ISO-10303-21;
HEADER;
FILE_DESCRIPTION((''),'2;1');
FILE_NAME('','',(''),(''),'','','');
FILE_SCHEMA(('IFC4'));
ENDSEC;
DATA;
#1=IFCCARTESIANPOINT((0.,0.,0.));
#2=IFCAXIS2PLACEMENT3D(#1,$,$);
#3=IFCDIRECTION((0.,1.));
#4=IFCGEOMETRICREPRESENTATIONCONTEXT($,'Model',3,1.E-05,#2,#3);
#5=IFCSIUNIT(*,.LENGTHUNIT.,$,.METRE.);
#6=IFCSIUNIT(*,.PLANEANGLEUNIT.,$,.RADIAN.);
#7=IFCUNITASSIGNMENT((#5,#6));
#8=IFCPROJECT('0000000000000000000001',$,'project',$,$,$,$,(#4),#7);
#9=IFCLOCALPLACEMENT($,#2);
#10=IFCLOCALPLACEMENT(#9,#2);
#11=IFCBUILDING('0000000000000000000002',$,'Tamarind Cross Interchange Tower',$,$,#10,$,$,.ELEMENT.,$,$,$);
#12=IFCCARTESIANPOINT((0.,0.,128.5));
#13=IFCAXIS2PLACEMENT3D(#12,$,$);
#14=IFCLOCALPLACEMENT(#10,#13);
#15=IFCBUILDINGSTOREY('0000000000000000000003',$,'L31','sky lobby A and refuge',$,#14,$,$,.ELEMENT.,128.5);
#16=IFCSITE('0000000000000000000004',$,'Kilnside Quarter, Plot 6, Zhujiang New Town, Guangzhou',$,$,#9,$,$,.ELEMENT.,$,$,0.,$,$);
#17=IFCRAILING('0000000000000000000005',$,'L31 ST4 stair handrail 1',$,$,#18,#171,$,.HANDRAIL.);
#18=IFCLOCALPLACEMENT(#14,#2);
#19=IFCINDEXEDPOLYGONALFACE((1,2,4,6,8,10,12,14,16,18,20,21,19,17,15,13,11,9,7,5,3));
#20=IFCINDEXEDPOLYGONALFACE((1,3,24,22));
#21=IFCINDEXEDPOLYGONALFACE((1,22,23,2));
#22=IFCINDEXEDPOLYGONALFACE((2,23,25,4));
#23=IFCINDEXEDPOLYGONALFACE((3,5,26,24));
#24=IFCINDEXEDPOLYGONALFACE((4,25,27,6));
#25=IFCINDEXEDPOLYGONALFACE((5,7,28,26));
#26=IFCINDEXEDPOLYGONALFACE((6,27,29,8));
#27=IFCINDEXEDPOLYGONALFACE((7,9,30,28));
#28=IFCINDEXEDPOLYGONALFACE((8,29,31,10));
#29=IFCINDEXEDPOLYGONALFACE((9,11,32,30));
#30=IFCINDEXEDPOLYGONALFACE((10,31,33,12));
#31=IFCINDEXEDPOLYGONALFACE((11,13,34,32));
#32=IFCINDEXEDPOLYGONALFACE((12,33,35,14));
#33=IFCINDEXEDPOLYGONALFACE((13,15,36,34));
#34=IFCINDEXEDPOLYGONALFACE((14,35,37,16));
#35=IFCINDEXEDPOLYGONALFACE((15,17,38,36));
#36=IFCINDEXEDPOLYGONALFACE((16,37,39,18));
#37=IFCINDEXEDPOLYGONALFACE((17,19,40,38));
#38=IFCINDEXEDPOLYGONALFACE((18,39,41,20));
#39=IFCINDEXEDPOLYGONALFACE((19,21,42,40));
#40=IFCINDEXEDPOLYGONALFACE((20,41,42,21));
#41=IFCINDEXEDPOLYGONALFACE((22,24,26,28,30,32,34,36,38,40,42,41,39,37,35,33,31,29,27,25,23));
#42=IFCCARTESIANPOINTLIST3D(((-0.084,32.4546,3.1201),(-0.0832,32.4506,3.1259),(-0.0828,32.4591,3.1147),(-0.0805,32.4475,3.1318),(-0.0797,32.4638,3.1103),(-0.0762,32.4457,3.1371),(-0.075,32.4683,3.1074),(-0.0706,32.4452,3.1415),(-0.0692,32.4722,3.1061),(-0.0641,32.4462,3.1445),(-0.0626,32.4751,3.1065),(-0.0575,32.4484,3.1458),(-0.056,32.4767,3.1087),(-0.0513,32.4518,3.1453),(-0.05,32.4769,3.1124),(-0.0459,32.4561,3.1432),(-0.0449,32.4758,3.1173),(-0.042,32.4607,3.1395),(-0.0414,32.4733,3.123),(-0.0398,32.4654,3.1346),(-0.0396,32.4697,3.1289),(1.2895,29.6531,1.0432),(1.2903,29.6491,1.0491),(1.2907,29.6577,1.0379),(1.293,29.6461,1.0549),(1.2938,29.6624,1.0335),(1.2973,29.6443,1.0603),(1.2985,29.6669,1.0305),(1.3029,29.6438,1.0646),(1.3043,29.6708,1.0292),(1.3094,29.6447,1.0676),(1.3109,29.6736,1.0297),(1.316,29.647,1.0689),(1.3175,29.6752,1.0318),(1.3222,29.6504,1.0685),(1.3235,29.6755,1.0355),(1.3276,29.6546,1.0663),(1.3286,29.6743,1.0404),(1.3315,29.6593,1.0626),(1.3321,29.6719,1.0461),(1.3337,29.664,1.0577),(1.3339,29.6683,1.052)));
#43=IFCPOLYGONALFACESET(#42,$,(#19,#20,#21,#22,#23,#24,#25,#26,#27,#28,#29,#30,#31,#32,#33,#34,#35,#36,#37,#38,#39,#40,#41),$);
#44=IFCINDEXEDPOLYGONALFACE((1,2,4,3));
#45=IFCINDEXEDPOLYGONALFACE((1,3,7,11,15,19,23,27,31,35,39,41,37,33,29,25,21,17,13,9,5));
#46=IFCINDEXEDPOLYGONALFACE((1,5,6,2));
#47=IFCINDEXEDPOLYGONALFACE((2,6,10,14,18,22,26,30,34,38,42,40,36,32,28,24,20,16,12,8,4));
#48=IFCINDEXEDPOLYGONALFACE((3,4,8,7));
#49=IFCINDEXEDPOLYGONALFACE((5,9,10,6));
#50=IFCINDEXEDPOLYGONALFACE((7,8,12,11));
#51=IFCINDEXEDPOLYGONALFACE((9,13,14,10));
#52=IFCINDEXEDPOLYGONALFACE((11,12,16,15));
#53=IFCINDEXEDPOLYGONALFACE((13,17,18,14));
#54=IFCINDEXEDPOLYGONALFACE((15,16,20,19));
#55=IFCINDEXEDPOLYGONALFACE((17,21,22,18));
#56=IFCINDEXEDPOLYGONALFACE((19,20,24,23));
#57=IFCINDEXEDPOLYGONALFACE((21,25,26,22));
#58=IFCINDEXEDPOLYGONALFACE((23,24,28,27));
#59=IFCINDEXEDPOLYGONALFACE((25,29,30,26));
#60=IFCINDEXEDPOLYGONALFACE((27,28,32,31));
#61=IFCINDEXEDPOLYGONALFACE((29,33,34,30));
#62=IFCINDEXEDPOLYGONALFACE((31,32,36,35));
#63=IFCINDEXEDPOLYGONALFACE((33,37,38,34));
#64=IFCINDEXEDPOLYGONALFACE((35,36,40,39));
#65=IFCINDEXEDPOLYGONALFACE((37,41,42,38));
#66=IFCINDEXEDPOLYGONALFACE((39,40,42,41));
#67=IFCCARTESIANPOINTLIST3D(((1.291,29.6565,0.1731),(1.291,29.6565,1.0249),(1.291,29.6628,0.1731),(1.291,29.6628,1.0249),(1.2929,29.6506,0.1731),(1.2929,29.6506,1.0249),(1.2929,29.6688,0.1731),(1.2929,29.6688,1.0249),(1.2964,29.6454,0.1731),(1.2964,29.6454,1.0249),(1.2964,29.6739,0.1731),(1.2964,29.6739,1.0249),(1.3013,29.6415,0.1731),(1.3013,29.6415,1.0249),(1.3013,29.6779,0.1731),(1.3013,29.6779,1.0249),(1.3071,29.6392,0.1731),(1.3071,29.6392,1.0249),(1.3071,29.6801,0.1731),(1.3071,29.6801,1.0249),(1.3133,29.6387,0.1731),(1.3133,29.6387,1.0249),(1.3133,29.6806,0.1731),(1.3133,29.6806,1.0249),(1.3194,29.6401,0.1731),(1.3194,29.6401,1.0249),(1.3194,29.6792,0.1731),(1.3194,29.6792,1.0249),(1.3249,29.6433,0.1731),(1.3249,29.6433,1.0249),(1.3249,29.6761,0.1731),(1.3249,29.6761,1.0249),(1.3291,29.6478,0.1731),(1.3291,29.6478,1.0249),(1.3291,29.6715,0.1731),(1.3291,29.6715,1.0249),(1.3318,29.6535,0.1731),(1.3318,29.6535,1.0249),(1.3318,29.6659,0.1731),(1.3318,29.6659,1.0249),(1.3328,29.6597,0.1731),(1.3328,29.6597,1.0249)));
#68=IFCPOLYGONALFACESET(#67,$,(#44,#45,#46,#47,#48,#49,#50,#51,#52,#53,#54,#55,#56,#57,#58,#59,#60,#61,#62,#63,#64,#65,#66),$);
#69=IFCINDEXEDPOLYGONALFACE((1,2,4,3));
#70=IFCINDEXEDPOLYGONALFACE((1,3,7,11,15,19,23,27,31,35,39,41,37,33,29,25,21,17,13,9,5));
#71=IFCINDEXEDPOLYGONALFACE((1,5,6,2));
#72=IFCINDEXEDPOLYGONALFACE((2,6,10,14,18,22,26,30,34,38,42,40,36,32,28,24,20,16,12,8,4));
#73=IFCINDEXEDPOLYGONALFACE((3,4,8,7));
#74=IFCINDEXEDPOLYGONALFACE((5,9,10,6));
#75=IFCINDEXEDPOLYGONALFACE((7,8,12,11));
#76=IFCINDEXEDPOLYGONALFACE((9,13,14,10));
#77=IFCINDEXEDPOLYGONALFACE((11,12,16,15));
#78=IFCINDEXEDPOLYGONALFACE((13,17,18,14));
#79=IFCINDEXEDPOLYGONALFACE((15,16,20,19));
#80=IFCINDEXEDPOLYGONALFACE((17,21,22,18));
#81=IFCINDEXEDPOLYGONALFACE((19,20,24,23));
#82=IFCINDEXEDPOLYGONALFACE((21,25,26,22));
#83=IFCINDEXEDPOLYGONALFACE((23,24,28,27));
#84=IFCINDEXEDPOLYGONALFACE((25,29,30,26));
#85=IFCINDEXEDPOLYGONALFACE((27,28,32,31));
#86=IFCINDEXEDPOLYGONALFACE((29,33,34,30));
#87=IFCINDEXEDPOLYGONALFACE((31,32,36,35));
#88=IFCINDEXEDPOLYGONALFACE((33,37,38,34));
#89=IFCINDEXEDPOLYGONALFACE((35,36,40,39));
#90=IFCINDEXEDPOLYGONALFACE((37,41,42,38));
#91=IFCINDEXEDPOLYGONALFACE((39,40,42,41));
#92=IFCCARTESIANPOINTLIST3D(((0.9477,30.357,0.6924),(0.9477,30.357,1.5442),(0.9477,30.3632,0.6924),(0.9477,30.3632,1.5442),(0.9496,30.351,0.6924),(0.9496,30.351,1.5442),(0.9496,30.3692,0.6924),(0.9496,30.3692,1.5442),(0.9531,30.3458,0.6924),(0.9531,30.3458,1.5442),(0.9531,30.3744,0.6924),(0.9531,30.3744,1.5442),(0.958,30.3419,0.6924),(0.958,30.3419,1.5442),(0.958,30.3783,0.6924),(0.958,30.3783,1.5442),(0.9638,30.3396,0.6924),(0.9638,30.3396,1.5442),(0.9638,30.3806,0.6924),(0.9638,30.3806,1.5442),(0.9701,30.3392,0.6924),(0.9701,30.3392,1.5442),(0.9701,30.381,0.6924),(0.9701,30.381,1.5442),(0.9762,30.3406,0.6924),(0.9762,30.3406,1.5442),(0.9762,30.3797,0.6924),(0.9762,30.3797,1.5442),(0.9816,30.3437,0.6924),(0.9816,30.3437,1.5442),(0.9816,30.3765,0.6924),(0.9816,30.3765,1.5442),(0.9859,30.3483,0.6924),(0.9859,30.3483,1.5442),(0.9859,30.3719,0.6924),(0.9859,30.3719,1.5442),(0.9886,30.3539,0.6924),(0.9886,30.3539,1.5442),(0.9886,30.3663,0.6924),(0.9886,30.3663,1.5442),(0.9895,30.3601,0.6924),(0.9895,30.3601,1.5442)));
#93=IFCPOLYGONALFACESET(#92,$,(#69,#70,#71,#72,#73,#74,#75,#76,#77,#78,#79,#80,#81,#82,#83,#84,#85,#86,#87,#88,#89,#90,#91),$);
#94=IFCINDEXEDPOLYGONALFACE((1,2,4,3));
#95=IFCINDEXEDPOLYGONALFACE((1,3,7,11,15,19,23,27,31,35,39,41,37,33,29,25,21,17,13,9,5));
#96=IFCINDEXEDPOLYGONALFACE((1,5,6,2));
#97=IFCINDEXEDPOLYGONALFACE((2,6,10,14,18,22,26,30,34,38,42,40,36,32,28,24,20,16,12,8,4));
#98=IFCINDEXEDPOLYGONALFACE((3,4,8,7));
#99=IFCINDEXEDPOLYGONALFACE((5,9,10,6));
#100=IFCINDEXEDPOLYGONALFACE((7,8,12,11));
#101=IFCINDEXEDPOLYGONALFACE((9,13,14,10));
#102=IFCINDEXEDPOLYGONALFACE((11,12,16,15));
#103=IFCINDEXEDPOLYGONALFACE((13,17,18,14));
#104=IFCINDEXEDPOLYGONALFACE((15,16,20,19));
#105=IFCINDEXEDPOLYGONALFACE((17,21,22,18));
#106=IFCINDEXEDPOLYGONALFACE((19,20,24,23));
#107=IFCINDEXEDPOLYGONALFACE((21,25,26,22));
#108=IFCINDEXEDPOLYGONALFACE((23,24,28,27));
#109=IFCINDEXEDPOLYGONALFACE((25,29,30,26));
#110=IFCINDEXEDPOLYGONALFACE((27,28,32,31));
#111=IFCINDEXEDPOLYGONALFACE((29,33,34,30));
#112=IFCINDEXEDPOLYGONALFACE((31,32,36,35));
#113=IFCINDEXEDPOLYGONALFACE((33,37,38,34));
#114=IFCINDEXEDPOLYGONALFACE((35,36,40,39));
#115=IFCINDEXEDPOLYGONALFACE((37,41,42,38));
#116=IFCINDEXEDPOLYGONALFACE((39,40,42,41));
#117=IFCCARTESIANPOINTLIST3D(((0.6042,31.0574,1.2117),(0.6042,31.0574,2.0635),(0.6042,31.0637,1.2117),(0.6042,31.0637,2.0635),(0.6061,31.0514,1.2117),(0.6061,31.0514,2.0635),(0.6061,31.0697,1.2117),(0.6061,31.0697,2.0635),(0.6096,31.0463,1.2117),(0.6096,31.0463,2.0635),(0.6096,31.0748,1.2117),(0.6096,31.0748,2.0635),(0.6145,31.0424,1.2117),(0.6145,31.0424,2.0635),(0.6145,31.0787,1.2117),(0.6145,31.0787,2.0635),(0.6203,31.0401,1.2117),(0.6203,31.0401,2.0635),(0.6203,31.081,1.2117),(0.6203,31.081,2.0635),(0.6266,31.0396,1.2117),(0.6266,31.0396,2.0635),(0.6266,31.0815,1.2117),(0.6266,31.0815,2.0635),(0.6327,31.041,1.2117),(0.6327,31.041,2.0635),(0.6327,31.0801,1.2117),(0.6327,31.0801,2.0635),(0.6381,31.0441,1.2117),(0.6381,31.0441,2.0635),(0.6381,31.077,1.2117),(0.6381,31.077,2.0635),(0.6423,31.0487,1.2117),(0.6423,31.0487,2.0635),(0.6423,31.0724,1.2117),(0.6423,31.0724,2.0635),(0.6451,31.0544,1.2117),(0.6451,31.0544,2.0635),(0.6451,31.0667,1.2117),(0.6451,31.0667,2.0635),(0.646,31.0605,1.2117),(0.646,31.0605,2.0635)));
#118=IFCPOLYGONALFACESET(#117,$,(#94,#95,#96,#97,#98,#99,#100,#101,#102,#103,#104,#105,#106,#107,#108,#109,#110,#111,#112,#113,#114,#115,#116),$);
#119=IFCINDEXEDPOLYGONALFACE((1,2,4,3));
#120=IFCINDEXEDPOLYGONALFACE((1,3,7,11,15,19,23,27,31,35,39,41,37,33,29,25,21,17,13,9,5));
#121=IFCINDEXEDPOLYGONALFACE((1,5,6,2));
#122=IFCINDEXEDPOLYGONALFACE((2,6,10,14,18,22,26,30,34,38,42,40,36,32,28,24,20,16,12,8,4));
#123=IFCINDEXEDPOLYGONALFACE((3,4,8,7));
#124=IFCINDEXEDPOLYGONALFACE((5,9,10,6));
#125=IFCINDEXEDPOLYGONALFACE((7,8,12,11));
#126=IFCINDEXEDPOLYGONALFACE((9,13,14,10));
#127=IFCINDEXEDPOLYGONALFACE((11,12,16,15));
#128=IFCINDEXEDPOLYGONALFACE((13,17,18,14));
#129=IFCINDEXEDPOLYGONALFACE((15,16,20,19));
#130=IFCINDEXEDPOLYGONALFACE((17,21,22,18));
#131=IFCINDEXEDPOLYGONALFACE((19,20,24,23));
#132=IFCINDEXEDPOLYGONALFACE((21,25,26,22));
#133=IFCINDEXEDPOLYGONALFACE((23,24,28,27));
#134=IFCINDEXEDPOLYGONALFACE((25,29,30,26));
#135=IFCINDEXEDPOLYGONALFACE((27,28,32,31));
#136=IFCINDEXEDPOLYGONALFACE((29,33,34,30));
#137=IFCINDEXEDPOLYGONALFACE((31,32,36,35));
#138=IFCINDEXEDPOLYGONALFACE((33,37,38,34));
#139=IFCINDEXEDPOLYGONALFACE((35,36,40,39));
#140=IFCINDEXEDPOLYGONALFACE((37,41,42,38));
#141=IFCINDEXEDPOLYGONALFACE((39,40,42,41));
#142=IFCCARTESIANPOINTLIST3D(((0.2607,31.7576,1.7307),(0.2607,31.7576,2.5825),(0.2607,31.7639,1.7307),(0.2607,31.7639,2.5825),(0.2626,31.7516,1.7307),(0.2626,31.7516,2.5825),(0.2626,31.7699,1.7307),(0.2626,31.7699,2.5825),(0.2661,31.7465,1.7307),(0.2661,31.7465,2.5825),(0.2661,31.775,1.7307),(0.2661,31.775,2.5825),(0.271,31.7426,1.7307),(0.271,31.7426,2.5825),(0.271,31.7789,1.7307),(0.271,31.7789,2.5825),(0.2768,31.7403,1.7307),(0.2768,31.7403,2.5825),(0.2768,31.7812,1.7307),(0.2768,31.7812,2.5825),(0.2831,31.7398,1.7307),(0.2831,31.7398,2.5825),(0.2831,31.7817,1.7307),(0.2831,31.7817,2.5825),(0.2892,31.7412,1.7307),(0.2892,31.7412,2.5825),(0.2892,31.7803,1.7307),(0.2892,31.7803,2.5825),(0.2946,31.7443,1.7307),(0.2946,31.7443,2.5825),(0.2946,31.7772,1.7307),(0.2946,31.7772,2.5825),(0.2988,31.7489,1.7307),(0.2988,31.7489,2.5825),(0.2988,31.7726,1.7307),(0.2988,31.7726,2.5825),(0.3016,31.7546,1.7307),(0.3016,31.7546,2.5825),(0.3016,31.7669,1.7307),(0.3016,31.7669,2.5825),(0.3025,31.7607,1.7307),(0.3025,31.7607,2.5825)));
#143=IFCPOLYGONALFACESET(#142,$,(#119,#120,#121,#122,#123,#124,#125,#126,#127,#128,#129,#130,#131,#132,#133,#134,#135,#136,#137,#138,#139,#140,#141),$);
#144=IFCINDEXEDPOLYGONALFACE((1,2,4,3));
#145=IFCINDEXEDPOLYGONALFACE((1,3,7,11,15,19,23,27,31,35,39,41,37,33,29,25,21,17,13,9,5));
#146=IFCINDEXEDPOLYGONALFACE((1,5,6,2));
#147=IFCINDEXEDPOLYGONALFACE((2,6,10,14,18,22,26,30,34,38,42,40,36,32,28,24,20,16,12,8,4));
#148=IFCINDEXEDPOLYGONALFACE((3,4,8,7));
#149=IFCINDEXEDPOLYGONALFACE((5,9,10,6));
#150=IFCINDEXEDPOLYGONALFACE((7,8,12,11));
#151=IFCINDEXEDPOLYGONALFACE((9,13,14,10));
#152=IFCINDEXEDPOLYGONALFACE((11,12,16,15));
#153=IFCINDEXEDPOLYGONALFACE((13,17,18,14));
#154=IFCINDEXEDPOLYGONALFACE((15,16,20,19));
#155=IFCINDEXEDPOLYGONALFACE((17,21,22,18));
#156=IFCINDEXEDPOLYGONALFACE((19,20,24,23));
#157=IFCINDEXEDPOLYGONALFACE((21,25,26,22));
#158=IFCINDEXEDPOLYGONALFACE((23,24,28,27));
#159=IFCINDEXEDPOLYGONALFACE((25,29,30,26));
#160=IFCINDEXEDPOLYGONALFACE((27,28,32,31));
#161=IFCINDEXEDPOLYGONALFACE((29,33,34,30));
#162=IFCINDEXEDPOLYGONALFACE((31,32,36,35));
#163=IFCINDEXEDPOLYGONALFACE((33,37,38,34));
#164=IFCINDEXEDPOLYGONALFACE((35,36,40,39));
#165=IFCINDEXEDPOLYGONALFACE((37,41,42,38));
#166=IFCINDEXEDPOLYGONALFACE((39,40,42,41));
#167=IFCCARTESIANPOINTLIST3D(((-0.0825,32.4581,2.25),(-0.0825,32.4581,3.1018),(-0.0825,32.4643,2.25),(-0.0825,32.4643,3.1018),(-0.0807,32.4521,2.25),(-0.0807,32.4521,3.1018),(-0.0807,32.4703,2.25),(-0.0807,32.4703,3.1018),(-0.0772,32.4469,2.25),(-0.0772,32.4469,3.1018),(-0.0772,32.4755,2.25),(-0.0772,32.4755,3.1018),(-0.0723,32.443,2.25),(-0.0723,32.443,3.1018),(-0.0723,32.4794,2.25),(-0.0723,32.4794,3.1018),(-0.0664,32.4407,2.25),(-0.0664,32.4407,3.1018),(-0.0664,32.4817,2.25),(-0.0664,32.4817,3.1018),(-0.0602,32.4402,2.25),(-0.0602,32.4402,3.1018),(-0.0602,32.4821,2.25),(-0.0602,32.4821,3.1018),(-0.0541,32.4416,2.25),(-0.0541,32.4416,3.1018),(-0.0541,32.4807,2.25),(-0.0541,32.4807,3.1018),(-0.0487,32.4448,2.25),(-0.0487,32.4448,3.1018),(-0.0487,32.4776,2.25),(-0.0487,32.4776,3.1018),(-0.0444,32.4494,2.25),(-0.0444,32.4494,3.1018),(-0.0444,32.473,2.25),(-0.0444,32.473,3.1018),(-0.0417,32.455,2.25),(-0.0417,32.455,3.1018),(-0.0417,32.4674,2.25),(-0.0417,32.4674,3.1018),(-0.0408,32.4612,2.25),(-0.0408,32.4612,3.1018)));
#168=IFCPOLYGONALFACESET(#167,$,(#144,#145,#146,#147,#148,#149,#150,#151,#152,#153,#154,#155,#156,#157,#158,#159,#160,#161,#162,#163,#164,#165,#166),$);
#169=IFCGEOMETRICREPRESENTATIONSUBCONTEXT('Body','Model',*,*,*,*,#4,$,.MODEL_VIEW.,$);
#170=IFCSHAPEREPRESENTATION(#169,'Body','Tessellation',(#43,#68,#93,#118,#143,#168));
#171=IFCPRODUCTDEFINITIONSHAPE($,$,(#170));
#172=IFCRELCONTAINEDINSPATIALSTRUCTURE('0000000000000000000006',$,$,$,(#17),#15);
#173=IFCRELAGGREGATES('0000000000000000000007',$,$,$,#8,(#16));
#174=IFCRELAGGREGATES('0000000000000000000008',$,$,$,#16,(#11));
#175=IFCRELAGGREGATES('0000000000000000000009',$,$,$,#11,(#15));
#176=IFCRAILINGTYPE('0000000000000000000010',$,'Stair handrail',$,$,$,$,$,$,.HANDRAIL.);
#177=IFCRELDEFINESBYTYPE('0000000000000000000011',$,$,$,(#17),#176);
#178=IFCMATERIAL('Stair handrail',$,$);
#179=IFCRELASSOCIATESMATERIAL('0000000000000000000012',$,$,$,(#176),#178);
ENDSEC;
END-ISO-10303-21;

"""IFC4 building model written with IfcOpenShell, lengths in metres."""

from ifc_helpers import new_model, si_unit, direction, frame, origin, origin_2d, place, context, subcontext, project, spatial, circle, extrude, material, type_object, element, save


model = new_model("IFC4")

# Units and contexts
model_context = context("Model", 3, precision=1e-05, world=origin(), true_north=direction((0.0, 1.0)))
body_context = subcontext(model_context, "Body", "Model", "MODEL_VIEW")
ifc_project = project(units=[si_unit("LENGTHUNIT", "METRE"), si_unit("PLANEANGLEUNIT", "RADIAN")], contexts=[model_context])

# Site, building, storey
site_placement = place(None, origin())
site = spatial("IfcSite", under=ifc_project, at=site_placement, Name="Kilnside Quarter, Plot 6, Zhujiang New Town, Guangzhou", CompositionType="ELEMENT", RefElevation=0.0)
building_placement = place(site_placement, origin())
building = spatial("IfcBuilding", under=site, at=building_placement, Name="Tamarind Cross Interchange Tower", CompositionType="ELEMENT")
storey_placement = place(building_placement, frame((0.0, 0.0, 128.5)))
storey = spatial("IfcBuildingStorey", under=building, at=storey_placement, Name="L31", Description="sky lobby A and refuge", CompositionType="ELEMENT", Elevation=128.5)

# Railing
ifc_material_1 = material(Name="Stair handrail")
railing_type_1 = type_object("IfcRailingType", Name="Stair handrail", PredefinedType="HANDRAIL", material=ifc_material_1)
railing_1_placement = place(storey_placement, frame((1.3118, 29.6597, 0.1731)))
element("IfcRailing", 1, at=railing_1_placement, inside=storey, type_object=railing_type_1, Name="L31 ST4 stair handrail 1", PredefinedType="HANDRAIL", context=body_context, shape_type="SweptSolid", body=[
    extrude(circle(Radius=0.0239, at=origin_2d()), frame((0.0, 0.0, 0.876), z_axis=(-0.366457, 0.74744, 0.554115), x_axis=(-0.89789, -0.44022, 0.0)), (0.0, 0.0, 1.0), 3.748),
    extrude(circle(Radius=0.021, at=origin_2d()), origin(), (0.0, 0.0, 1.0), 0.8518),
    extrude(circle(Radius=0.021, at=origin_2d()), frame((-0.3433, 0.7004, 0.5193)), (0.0, 0.0, 1.0), 0.8518),
    extrude(circle(Radius=0.021, at=origin_2d()), frame((-0.6868, 1.4009, 1.0386)), (0.0, 0.0, 1.0), 0.8518),
    extrude(circle(Radius=0.021, at=origin_2d()), frame((-1.0303, 2.1011, 1.5576)), (0.0, 0.0, 1.0), 0.8518),
    extrude(circle(Radius=0.021, at=origin_2d()), frame((-1.3735, 2.8015, 2.0769)), (0.0, 0.0, 1.0), 0.8518),
])

save(model, "model.ifc")
